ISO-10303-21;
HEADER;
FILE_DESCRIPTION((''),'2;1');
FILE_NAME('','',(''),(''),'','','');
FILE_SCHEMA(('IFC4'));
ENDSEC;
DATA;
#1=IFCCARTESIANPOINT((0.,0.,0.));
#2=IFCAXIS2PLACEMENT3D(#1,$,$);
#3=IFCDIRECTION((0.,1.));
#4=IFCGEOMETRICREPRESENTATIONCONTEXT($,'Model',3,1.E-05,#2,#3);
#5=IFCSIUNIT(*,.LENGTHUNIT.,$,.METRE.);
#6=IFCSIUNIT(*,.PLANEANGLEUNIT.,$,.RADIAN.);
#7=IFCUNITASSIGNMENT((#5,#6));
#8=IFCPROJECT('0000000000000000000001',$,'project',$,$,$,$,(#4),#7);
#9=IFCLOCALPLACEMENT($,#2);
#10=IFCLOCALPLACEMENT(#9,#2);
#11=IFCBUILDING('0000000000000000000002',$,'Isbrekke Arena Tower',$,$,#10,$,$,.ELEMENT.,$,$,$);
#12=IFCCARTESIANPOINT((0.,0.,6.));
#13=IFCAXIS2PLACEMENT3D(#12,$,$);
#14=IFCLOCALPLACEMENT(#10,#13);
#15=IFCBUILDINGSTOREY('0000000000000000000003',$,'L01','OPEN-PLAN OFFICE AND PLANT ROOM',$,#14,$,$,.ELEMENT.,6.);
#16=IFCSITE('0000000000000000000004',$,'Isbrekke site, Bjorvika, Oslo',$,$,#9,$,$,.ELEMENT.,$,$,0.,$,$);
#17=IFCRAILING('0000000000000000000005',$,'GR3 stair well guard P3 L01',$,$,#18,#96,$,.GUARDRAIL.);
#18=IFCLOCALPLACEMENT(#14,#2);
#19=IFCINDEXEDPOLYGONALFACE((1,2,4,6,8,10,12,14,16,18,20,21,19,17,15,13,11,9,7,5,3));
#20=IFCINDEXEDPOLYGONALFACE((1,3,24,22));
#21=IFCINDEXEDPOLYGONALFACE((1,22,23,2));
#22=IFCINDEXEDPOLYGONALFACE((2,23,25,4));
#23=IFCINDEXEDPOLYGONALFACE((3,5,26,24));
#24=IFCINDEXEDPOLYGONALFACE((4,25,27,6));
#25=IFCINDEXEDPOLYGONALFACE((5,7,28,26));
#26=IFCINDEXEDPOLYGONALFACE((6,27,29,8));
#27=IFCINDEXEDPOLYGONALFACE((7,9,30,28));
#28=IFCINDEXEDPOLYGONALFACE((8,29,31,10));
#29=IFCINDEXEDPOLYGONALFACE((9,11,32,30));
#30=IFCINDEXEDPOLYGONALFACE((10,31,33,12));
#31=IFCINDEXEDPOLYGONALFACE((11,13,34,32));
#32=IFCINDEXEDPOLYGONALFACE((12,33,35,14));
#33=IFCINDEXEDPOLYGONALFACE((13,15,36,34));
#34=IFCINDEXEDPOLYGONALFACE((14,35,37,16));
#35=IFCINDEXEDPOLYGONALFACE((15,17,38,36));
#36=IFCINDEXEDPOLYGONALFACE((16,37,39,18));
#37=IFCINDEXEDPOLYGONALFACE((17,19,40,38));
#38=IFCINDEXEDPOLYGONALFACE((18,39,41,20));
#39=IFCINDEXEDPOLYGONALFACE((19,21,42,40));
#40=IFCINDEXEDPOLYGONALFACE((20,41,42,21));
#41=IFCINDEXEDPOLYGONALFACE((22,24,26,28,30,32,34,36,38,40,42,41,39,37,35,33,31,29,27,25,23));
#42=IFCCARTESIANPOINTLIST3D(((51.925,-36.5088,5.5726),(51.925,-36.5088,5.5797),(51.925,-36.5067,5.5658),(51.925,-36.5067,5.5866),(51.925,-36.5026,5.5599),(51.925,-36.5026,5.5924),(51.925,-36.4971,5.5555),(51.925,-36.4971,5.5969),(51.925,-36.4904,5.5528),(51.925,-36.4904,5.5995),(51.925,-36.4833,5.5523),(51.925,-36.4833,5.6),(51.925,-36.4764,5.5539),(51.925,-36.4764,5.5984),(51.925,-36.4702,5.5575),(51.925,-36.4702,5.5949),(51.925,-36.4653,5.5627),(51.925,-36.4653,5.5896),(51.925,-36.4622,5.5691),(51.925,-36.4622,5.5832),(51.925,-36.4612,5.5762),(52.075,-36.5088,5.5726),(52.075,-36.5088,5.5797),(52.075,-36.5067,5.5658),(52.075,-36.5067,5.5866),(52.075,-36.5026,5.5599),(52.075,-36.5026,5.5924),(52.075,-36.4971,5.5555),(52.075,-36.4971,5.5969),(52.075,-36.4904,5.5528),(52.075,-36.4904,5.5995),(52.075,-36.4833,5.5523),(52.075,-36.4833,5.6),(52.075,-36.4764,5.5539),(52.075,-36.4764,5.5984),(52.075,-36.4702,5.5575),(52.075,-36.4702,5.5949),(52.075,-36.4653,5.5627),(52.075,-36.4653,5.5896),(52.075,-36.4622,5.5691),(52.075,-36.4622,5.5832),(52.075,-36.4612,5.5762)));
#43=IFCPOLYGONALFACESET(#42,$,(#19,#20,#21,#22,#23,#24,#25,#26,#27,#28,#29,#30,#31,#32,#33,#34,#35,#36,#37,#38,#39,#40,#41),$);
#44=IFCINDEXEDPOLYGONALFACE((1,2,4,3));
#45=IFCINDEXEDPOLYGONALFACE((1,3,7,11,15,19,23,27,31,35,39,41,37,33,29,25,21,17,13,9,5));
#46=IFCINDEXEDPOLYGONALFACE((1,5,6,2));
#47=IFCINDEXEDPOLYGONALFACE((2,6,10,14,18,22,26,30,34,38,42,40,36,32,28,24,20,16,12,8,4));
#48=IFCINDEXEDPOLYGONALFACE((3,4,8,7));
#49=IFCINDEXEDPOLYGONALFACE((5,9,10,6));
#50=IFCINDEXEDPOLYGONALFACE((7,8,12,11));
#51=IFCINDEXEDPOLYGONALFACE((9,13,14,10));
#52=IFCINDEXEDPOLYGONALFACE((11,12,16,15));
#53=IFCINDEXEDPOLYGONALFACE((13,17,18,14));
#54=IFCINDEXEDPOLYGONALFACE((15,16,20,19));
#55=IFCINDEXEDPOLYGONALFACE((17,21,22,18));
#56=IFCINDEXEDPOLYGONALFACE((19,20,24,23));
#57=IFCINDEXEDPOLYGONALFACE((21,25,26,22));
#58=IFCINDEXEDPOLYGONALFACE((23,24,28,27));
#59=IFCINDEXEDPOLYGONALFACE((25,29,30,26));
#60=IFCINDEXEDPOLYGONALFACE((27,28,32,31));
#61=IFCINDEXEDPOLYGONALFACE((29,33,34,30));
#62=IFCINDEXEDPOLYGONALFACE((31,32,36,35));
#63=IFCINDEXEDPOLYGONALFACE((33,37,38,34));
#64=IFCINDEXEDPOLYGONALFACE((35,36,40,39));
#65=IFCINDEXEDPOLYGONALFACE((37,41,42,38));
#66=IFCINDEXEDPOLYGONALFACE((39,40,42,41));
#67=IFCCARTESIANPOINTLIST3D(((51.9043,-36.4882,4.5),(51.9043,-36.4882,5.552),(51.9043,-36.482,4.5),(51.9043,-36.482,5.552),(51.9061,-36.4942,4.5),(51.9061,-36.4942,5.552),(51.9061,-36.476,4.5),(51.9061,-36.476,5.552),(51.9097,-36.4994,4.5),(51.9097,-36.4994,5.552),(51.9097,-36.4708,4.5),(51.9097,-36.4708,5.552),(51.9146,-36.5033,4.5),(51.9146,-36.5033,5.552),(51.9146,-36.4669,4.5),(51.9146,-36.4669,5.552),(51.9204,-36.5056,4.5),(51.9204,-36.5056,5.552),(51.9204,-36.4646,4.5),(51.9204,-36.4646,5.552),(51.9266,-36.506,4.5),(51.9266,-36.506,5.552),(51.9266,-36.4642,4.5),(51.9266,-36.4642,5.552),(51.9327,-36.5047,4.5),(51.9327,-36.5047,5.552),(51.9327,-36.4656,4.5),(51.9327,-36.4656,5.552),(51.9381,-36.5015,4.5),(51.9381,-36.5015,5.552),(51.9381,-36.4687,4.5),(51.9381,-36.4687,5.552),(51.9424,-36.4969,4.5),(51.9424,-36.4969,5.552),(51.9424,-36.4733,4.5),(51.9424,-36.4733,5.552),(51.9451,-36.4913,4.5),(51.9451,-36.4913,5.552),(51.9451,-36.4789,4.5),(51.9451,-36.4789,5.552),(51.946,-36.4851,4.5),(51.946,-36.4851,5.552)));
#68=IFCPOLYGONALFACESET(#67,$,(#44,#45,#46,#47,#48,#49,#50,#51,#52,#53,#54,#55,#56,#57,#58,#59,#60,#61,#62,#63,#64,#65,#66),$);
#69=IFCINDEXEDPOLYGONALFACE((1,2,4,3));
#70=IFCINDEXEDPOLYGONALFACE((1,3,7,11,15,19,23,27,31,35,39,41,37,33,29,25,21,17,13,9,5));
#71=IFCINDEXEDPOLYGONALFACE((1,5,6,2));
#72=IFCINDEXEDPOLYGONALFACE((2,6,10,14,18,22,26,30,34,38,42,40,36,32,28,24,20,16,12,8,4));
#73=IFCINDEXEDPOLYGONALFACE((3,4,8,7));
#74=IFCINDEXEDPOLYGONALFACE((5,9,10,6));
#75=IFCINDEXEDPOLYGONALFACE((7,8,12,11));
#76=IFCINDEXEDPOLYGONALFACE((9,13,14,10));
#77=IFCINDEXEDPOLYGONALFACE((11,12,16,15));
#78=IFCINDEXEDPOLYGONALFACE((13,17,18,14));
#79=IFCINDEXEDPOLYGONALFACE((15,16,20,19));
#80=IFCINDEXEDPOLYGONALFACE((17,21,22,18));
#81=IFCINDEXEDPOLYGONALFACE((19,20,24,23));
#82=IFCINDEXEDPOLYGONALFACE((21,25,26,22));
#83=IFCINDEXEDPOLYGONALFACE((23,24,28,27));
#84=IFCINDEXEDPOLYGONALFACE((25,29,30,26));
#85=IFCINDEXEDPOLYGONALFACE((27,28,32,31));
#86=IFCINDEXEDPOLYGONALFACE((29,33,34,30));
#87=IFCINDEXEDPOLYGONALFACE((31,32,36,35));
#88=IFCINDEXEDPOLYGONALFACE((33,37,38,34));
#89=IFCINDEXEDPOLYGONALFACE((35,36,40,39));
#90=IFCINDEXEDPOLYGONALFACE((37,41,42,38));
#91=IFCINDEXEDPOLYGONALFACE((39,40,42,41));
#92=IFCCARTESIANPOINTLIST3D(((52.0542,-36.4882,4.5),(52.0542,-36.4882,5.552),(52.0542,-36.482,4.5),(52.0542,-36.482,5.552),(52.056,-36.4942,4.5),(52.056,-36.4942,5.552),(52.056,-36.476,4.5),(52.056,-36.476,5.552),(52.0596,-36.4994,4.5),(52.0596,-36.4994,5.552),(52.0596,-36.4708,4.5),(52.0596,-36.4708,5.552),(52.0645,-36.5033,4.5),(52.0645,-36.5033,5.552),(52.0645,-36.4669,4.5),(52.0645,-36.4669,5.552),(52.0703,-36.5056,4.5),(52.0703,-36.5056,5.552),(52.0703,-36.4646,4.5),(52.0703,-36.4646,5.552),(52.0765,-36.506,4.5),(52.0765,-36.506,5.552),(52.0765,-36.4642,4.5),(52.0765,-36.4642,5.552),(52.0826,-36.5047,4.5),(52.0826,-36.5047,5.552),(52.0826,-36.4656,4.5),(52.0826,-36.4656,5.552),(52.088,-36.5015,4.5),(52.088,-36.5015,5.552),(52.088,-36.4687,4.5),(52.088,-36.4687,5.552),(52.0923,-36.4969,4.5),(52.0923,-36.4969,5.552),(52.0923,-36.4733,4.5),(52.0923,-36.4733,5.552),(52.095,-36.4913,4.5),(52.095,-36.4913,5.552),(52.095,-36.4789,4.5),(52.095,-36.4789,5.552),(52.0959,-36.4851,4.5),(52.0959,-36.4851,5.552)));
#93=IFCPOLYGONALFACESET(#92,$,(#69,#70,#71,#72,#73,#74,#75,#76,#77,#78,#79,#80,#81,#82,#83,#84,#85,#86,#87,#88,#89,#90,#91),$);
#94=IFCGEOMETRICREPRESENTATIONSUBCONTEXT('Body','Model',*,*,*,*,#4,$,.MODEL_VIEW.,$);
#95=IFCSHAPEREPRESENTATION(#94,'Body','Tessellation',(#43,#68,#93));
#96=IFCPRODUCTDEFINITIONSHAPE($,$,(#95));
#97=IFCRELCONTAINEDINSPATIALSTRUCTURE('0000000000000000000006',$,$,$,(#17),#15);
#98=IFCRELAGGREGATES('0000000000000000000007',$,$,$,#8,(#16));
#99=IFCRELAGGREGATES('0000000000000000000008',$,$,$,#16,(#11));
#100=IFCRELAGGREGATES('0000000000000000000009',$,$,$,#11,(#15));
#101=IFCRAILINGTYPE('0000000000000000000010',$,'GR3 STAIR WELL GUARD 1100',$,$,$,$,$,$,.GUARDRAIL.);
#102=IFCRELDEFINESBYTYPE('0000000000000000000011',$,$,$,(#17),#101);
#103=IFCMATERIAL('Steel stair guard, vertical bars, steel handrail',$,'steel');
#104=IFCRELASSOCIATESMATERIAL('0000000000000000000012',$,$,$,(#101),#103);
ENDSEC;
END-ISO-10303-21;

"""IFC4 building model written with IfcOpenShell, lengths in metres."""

from ifc_helpers import new_model, si_unit, direction, frame, origin, origin_2d, place, context, subcontext, project, spatial, circle, extrude, material, type_object, element, save


model = new_model("IFC4")

# Units and contexts
model_context = context("Model", 3, precision=1e-05, world=origin(), true_north=direction((0.0, 1.0)))
body_context = subcontext(model_context, "Body", "Model", "MODEL_VIEW")
ifc_project = project(units=[si_unit("LENGTHUNIT", "METRE"), si_unit("PLANEANGLEUNIT", "RADIAN")], contexts=[model_context])

# Site, building, storey
site_placement = place(None, origin())
site = spatial("IfcSite", under=ifc_project, at=site_placement, Name="Isbrekke site, Bjorvika, Oslo", CompositionType="ELEMENT", RefElevation=0.0)
building_placement = place(site_placement, origin())
building = spatial("IfcBuilding", under=site, at=building_placement, Name="Isbrekke Arena Tower", CompositionType="ELEMENT")
storey_placement = place(building_placement, frame((0.0, 0.0, 6.0)))
storey = spatial("IfcBuildingStorey", under=building, at=storey_placement, Name="L01", Description="OPEN-PLAN OFFICE AND PLANT ROOM", CompositionType="ELEMENT", Elevation=6.0)

# Railing
ifc_material_1 = material(Name="Steel stair guard, vertical bars, steel handrail", Category="steel")
railing_type = type_object("IfcRailingType", Name="GR3 STAIR WELL GUARD 1100", PredefinedType="GUARDRAIL", material=ifc_material_1)
for number, where, name in (
    (1, (51.925, -36.4851, 4.5), "GR3 stair well guard P3 L01"),
):
    element("IfcRailing", number, at=place(storey_placement, frame(where)), inside=storey, type_object=railing_type, Name=name, PredefinedType="GUARDRAIL", context=body_context, shape_type="SweptSolid", body=[
        extrude(circle(Radius=0.0239, at=origin_2d()), frame((0.0, 0.0, 1.0762), z_axis=(1.0, 0.0, 0.0), x_axis=(0.0, 1.0, 0.0)), (0.0, 0.0, 1.0), 0.1499),
        extrude(circle(Radius=0.021, at=origin_2d()), origin(), (0.0, 0.0, 1.0), 1.052),
        extrude(circle(Radius=0.021, at=origin_2d()), frame((0.1499, 0.0, 0.0)), (0.0, 0.0, 1.0), 1.052),
    ])

save(model, "model.ifc")
